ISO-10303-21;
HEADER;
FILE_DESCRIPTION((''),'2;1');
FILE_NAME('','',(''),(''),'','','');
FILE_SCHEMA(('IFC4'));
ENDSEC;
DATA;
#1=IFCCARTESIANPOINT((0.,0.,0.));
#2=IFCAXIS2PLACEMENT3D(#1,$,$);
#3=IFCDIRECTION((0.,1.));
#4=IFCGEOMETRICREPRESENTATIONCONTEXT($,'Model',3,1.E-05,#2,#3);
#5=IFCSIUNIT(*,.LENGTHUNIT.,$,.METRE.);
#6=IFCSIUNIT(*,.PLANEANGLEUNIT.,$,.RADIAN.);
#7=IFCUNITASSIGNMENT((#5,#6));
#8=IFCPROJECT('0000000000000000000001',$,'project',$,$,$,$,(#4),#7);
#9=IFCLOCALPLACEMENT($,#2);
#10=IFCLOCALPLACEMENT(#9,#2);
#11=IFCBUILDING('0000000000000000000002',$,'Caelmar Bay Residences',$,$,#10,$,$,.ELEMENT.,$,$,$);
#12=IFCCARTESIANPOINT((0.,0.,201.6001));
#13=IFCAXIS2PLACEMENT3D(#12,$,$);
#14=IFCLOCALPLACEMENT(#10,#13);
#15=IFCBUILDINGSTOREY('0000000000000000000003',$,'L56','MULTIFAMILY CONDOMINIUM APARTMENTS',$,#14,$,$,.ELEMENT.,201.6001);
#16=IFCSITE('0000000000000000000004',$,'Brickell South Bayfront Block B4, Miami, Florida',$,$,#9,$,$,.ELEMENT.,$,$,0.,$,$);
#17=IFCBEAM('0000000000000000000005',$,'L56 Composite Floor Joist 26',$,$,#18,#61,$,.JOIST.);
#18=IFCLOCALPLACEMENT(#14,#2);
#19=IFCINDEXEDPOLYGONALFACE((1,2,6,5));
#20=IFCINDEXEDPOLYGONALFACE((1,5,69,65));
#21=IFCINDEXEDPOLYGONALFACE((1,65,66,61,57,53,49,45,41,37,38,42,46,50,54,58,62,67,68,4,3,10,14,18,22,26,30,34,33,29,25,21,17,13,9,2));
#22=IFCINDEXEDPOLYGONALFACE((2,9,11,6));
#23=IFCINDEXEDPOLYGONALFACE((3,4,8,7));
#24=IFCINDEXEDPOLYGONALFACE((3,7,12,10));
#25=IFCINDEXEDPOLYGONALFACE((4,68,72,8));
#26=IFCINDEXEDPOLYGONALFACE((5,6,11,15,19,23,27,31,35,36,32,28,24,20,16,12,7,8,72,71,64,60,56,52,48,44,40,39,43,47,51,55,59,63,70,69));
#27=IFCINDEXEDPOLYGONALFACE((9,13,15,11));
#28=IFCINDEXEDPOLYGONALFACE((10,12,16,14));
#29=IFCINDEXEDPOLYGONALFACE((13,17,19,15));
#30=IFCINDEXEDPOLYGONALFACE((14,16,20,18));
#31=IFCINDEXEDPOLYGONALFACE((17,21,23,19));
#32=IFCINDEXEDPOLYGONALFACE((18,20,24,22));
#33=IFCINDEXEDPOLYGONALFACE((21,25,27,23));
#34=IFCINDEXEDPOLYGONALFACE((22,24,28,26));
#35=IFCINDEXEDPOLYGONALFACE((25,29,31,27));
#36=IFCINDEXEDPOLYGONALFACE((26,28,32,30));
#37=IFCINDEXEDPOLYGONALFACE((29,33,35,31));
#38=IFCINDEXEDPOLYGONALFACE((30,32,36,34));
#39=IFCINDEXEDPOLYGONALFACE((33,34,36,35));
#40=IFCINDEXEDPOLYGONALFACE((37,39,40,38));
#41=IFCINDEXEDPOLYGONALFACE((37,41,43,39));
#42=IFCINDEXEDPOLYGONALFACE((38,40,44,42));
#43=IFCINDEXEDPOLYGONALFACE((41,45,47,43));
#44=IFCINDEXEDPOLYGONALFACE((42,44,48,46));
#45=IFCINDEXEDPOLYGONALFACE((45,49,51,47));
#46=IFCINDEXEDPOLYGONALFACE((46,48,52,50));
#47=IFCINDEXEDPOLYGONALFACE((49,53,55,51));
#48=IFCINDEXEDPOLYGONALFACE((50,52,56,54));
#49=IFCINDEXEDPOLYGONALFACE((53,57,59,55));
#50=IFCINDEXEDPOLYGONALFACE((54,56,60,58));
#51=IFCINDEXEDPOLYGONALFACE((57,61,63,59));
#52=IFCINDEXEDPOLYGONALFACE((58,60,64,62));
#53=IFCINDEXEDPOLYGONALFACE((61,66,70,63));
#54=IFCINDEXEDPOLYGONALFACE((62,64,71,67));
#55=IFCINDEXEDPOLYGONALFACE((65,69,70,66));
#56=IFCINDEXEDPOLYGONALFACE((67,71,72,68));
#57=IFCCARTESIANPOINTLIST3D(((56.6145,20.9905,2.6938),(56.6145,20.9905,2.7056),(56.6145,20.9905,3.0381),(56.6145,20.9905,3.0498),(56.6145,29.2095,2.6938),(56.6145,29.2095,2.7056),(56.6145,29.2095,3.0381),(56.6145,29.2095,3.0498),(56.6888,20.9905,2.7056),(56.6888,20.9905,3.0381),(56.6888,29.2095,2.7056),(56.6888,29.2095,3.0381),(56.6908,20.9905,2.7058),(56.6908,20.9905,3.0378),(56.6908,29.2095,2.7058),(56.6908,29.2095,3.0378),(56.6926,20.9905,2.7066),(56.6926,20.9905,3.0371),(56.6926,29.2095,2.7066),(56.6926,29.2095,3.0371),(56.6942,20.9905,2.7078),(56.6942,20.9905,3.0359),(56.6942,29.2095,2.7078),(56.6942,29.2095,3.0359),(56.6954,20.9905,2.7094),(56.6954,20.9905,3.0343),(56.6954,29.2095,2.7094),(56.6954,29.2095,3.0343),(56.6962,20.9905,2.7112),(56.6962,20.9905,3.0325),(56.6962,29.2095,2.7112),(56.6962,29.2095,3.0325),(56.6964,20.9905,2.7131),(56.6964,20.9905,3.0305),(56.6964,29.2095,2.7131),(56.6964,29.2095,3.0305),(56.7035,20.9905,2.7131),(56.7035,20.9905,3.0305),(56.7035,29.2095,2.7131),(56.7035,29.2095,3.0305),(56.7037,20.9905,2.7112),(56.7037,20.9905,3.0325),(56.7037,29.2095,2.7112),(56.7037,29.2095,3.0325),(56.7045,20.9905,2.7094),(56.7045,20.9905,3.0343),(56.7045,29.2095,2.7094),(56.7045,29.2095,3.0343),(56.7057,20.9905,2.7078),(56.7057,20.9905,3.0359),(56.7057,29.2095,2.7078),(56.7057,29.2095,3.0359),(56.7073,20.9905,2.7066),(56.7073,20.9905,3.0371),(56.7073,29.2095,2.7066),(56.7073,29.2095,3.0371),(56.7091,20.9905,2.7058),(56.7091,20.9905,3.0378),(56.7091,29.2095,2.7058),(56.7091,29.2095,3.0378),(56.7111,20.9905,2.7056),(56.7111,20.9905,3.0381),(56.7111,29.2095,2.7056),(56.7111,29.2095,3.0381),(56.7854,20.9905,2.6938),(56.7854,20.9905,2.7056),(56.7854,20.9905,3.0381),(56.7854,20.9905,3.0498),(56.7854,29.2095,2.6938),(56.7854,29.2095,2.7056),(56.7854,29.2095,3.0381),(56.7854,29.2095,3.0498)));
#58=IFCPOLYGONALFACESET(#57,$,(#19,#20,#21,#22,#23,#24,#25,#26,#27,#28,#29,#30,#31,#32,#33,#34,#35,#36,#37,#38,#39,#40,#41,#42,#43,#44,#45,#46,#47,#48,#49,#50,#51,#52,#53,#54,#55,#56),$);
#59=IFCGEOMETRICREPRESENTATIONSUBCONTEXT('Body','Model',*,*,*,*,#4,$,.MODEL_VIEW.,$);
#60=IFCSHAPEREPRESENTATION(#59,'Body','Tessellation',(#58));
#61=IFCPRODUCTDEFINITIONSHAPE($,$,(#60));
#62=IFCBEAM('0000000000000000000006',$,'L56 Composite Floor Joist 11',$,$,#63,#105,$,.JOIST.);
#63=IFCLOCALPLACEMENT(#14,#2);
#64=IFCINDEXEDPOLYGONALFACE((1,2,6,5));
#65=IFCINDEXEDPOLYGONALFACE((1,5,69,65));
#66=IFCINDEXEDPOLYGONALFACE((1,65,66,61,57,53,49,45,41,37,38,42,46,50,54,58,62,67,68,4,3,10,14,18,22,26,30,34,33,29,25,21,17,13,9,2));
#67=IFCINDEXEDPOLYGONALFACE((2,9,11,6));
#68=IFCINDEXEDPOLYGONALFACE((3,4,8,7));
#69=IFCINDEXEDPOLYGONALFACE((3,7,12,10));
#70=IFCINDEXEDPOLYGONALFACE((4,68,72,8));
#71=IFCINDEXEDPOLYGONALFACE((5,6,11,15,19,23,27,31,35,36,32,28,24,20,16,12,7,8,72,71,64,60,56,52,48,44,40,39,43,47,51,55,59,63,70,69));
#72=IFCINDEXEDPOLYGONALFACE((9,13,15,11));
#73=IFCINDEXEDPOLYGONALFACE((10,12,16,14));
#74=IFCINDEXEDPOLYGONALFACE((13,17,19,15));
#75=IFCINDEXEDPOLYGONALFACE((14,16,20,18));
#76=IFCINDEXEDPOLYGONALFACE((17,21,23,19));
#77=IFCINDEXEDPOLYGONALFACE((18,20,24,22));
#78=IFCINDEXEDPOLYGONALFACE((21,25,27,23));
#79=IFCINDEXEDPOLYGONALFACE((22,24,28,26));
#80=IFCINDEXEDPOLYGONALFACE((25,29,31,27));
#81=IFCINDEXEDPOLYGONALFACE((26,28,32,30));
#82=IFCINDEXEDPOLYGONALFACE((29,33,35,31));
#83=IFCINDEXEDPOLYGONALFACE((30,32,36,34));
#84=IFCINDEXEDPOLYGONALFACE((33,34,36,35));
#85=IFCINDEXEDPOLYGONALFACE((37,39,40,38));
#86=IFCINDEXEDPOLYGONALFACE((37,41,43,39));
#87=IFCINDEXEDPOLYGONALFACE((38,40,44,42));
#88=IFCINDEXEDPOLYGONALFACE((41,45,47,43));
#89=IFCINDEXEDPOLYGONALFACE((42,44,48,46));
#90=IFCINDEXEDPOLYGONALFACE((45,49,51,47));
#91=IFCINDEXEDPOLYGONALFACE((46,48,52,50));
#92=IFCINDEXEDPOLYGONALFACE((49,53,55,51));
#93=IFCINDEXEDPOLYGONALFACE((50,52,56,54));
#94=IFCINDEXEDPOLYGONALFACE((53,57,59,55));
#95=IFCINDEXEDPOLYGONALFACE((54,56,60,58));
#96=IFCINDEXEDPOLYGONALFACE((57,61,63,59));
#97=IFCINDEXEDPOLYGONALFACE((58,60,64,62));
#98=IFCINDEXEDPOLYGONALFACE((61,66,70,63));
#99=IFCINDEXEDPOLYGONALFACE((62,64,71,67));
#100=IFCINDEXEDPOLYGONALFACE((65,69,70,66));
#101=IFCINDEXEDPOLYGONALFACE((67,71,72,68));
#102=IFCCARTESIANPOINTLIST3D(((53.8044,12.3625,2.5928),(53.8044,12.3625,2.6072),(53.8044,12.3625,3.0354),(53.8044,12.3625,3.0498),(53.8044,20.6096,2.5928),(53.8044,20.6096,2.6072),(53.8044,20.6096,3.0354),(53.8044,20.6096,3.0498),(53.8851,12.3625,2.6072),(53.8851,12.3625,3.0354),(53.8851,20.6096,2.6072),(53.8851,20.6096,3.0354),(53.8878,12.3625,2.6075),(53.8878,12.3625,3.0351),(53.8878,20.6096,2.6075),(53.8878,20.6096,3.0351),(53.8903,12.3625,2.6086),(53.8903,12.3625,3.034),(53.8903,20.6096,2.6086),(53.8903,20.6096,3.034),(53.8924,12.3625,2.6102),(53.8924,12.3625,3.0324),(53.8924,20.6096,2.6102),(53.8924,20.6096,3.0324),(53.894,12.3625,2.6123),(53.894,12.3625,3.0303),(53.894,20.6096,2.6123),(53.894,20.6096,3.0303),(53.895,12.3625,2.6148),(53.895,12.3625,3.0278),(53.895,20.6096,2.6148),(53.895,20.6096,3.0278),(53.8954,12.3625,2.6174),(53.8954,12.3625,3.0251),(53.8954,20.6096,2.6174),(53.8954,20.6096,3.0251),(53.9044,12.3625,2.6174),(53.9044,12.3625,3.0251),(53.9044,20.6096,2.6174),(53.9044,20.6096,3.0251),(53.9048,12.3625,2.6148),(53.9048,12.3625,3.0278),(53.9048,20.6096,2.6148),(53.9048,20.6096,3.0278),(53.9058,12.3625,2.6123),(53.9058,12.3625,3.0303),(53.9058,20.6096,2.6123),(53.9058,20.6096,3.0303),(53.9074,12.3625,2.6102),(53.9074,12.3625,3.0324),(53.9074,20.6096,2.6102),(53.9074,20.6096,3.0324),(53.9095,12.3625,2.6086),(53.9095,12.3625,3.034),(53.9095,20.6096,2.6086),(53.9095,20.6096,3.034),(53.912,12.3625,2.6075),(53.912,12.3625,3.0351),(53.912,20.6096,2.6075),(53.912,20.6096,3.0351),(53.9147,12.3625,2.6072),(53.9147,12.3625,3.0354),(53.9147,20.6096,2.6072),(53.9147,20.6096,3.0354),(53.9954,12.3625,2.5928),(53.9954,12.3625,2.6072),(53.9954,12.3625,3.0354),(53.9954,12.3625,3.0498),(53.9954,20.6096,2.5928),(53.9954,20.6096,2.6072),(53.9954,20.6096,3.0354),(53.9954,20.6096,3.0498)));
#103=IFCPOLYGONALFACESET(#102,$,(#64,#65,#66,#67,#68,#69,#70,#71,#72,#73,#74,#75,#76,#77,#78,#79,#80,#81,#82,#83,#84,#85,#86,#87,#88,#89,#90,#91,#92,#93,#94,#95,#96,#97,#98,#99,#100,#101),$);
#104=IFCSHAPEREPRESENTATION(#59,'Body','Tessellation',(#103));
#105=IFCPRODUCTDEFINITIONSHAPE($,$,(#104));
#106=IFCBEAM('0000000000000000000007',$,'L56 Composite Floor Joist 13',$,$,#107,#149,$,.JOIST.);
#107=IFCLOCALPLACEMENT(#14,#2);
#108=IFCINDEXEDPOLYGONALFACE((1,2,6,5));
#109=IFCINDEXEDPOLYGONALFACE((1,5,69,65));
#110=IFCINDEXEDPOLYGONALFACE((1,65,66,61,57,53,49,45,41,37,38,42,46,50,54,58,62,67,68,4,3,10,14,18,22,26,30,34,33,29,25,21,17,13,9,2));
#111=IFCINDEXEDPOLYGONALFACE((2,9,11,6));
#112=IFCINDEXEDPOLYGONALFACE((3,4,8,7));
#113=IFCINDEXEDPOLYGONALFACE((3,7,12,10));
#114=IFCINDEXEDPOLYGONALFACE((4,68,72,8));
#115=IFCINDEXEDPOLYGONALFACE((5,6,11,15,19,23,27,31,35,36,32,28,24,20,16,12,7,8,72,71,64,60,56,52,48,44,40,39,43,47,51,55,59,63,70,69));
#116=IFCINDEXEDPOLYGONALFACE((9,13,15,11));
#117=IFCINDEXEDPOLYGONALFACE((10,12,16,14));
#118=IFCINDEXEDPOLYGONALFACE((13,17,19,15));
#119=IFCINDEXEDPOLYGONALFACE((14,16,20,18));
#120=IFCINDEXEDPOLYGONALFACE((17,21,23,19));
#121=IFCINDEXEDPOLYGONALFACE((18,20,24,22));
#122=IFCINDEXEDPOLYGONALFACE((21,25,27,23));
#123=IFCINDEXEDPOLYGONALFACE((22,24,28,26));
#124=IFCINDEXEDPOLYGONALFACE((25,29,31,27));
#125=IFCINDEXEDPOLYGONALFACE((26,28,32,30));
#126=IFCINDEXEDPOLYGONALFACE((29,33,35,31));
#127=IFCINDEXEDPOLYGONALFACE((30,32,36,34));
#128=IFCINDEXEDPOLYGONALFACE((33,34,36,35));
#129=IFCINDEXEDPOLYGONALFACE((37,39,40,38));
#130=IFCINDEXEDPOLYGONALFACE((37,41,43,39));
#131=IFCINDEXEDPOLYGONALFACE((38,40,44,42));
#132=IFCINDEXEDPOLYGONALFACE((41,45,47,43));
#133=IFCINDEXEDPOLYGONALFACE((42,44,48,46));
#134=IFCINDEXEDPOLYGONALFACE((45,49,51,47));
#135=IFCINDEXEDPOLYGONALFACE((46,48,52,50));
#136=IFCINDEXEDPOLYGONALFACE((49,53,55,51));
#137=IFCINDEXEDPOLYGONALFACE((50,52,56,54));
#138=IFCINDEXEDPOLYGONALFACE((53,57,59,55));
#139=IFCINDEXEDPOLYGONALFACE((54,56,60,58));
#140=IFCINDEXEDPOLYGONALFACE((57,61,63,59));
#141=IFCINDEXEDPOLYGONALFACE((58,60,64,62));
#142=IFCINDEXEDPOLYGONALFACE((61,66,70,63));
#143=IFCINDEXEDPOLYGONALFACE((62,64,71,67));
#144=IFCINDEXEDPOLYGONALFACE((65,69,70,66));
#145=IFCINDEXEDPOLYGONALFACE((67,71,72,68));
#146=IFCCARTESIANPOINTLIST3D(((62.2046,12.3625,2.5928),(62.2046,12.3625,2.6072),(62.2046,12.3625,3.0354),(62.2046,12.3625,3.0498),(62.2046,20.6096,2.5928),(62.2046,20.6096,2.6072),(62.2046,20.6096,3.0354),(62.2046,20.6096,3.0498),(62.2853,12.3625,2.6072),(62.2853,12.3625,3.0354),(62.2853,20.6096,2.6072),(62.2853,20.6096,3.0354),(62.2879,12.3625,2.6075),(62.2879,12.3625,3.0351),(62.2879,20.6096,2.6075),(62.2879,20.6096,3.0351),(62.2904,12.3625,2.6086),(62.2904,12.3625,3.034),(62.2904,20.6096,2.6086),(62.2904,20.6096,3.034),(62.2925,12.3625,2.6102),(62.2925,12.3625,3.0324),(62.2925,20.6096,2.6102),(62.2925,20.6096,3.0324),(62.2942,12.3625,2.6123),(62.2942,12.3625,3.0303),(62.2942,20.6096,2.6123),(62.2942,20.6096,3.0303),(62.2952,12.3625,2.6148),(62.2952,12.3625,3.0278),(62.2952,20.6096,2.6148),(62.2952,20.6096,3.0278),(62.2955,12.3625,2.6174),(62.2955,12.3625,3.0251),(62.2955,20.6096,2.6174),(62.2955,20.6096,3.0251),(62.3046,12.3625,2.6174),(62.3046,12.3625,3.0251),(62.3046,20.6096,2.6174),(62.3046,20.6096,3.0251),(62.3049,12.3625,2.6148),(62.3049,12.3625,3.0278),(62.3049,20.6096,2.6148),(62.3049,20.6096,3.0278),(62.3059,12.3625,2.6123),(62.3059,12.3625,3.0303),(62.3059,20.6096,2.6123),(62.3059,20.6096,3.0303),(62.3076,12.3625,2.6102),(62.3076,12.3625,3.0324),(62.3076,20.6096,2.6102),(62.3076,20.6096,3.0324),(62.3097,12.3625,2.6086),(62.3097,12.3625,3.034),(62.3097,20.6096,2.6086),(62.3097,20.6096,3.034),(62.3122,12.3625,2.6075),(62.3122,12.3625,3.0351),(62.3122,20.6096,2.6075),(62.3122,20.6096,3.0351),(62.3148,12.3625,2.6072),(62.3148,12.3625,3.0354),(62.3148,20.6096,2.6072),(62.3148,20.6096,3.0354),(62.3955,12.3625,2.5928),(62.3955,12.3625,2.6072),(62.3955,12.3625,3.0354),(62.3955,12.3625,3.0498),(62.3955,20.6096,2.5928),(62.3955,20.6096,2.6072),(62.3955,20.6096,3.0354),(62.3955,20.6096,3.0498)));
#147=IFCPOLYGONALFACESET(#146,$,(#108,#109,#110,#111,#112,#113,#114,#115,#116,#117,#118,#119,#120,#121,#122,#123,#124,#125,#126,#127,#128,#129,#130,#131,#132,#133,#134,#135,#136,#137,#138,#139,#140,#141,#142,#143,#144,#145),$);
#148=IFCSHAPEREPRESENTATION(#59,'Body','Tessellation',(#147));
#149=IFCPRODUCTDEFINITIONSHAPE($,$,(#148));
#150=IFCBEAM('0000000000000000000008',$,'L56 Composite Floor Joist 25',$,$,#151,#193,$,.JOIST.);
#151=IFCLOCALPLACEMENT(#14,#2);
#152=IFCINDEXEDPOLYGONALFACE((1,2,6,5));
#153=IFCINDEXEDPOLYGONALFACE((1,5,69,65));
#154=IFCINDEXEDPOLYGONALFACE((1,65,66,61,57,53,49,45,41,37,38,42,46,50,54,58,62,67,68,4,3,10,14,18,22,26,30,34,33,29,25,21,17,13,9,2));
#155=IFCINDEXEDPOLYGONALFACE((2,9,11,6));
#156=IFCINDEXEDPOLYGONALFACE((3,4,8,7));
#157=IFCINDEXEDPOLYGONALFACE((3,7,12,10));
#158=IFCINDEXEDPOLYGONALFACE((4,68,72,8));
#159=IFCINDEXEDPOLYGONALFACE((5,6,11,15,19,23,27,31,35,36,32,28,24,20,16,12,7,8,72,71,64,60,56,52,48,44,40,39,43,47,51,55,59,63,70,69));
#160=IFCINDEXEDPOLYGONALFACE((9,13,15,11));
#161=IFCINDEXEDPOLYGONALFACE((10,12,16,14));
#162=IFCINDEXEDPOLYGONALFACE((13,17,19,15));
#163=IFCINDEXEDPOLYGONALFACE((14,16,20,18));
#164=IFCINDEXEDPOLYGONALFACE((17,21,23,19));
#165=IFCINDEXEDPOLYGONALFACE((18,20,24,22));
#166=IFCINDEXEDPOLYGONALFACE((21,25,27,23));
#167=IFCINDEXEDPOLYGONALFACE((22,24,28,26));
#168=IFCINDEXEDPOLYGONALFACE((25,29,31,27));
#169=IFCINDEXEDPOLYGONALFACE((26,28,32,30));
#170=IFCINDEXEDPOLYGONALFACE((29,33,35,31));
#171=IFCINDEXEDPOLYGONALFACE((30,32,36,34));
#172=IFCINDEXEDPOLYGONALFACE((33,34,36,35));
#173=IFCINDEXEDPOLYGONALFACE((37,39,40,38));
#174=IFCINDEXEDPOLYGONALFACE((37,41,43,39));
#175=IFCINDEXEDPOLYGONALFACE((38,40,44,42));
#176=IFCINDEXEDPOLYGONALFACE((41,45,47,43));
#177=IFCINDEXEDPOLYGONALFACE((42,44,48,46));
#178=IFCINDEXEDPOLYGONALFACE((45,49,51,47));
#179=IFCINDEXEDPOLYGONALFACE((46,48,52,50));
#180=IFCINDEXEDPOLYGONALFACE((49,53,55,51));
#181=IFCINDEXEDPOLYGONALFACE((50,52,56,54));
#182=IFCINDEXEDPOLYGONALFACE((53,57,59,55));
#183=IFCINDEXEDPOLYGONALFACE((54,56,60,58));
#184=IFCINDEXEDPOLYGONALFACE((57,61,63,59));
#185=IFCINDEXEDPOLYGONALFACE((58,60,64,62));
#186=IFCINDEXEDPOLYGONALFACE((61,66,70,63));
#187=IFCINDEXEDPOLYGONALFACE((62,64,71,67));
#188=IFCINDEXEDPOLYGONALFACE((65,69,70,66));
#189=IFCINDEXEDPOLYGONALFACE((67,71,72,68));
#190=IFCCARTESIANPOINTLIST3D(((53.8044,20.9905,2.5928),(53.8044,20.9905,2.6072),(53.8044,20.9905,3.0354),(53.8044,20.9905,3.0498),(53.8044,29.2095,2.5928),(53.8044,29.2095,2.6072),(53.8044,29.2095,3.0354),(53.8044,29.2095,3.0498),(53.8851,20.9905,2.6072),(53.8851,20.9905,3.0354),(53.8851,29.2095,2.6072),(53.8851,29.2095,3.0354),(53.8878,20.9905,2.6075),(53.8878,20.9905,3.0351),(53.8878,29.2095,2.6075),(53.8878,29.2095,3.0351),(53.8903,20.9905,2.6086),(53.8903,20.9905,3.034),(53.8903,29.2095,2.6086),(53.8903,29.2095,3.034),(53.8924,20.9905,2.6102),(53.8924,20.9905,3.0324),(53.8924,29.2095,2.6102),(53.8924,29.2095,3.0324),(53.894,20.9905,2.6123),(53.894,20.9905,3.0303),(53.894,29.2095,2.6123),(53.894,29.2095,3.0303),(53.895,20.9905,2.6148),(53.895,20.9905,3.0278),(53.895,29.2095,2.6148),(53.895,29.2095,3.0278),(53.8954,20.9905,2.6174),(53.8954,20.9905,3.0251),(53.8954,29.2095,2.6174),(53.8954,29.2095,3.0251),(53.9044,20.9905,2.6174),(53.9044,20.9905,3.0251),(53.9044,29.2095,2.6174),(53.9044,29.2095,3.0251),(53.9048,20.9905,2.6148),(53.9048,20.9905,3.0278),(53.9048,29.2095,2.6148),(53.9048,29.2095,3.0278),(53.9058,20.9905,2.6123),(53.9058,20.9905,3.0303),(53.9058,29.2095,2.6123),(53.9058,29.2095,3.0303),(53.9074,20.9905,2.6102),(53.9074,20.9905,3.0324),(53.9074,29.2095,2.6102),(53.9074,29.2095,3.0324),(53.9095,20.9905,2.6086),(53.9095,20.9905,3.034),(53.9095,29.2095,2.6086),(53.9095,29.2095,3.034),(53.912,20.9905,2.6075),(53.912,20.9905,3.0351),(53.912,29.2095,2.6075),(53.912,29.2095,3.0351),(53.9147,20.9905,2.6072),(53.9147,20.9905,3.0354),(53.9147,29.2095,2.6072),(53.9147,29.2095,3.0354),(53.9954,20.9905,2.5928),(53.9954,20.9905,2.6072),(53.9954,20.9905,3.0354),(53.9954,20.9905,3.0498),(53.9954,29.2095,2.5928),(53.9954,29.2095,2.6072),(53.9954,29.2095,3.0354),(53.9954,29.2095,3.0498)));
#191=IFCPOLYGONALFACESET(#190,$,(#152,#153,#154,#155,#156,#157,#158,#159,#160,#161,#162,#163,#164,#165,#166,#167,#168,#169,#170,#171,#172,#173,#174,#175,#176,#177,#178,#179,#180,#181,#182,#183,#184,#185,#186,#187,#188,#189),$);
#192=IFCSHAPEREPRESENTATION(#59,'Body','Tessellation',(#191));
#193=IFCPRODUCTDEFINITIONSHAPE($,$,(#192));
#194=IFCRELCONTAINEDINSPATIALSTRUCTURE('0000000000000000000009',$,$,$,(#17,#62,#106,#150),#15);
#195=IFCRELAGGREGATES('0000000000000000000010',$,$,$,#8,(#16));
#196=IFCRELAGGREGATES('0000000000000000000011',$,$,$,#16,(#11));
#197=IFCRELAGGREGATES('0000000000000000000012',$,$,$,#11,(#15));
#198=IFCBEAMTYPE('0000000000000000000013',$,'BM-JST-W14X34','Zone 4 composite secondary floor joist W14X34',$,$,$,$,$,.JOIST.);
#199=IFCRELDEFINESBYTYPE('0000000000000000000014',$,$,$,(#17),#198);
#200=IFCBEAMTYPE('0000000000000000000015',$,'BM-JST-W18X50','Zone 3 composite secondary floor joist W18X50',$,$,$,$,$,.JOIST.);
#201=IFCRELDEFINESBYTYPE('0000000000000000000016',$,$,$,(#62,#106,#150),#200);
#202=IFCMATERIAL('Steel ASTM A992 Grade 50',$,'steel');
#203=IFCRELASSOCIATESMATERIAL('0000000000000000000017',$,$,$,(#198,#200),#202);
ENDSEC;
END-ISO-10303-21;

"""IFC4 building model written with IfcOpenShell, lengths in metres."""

from ifc_helpers import new_model, si_unit, direction, frame, origin, origin_2d, place, context, subcontext, project, spatial, i_section, extrude, material, material_profile, profile_set, type_object, element, save


model = new_model("IFC4")

# Units and contexts
model_context = context("Model", 3, precision=1e-05, world=origin(), true_north=direction((0.0, 1.0)))
body_context = subcontext(model_context, "Body", "Model", "MODEL_VIEW")
ifc_project = project(units=[si_unit("LENGTHUNIT", "METRE"), si_unit("PLANEANGLEUNIT", "RADIAN")], contexts=[model_context])

# Site, building, storey
site_placement = place(None, origin())
site = spatial("IfcSite", under=ifc_project, at=site_placement, Name="Brickell South Bayfront Block B4, Miami, Florida", CompositionType="ELEMENT", RefElevation=0.0)
building_placement = place(site_placement, origin())
building = spatial("IfcBuilding", under=site, at=building_placement, Name="Caelmar Bay Residences", CompositionType="ELEMENT")
storey_placement = place(building_placement, frame((0.0, 0.0, 201.6001)))
storey = spatial("IfcBuildingStorey", under=building, at=storey_placement, Name="L56", Description="MULTIFAMILY CONDOMINIUM APARTMENTS", CompositionType="ELEMENT", Elevation=201.6001)

# Beams
ifc_material_1 = material(Name="Steel ASTM A992 Grade 50", Category="steel")
ifc_material_profile_1 = material_profile(ifc_material_1, i_section(OverallWidth=0.1709, OverallDepth=0.356, WebThickness=0.0071, FlangeThickness=0.0117, FilletRadius=0.0076, at=origin_2d()), Name="W14X34")
ifc_profile_set_1 = profile_set([ifc_material_profile_1], Name="Steel ASTM A992 Grade 50")
beam_type_1 = type_object("IfcBeamType", Name="BM-JST-W14X34", Description="Zone 4 composite secondary floor joist W14X34", PredefinedType="JOIST", material=ifc_profile_set_1)
for number, where, z_axis, x_axis, name in (
    (1, (56.7, 20.9905, 2.8718), (0.0, 1.0, 0.0), (-1.0, 0.0, 0.0), "L56 Composite Floor Joist 26"),
):
    element("IfcBeam", number, at=place(storey_placement, frame(where, z_axis=z_axis, x_axis=x_axis)), inside=storey, type_object=beam_type_1, Name=name, PredefinedType="JOIST", context=body_context, shape_type="SweptSolid", body=[
        extrude(i_section(OverallWidth=0.1709, OverallDepth=0.356, WebThickness=0.0071, FlangeThickness=0.0117, FilletRadius=0.0076, at=origin_2d()), origin(), (0.0, 0.0, 1.0), 8.219),
    ])
ifc_material_profile_2 = material_profile(ifc_material_1, i_section(OverallWidth=0.1909, OverallDepth=0.457, WebThickness=0.009, FlangeThickness=0.0144, FilletRadius=0.0103, at=origin_2d()), Name="W18X50")
ifc_profile_set_2 = profile_set([ifc_material_profile_2], Name="Steel ASTM A992 Grade 50")
beam_type_2 = type_object("IfcBeamType", Name="BM-JST-W18X50", Description="Zone 3 composite secondary floor joist W18X50", PredefinedType="JOIST", material=ifc_profile_set_2)
for number, where, z_axis, x_axis, name in (
    (2, (53.8999, 12.3625, 2.8213), (0.0, 1.0, 0.0), (-1.0, 0.0, 0.0), "L56 Composite Floor Joist 11"),
    (3, (62.3, 12.3625, 2.8213), (0.0, 1.0, 0.0), (-1.0, 0.0, 0.0), "L56 Composite Floor Joist 13"),
):
    element("IfcBeam", number, at=place(storey_placement, frame(where, z_axis=z_axis, x_axis=x_axis)), inside=storey, type_object=beam_type_2, Name=name, PredefinedType="JOIST", context=body_context, shape_type="SweptSolid", body=[
        extrude(i_section(OverallWidth=0.1909, OverallDepth=0.457, WebThickness=0.009, FlangeThickness=0.0144, FilletRadius=0.0103, at=origin_2d()), origin(), (0.0, 0.0, 1.0), 8.2471),
    ])
for number, where, z_axis, x_axis, name in (
    (4, (53.8999, 20.9905, 2.8213), (0.0, 1.0, 0.0), (-1.0, 0.0, 0.0), "L56 Composite Floor Joist 25"),
):
    element("IfcBeam", number, at=place(storey_placement, frame(where, z_axis=z_axis, x_axis=x_axis)), inside=storey, type_object=beam_type_2, Name=name, PredefinedType="JOIST", context=body_context, shape_type="SweptSolid", body=[
        extrude(i_section(OverallWidth=0.1909, OverallDepth=0.457, WebThickness=0.009, FlangeThickness=0.0144, FilletRadius=0.0103, at=origin_2d()), origin(), (0.0, 0.0, 1.0), 8.219),
    ])

save(model, "model.ifc")
